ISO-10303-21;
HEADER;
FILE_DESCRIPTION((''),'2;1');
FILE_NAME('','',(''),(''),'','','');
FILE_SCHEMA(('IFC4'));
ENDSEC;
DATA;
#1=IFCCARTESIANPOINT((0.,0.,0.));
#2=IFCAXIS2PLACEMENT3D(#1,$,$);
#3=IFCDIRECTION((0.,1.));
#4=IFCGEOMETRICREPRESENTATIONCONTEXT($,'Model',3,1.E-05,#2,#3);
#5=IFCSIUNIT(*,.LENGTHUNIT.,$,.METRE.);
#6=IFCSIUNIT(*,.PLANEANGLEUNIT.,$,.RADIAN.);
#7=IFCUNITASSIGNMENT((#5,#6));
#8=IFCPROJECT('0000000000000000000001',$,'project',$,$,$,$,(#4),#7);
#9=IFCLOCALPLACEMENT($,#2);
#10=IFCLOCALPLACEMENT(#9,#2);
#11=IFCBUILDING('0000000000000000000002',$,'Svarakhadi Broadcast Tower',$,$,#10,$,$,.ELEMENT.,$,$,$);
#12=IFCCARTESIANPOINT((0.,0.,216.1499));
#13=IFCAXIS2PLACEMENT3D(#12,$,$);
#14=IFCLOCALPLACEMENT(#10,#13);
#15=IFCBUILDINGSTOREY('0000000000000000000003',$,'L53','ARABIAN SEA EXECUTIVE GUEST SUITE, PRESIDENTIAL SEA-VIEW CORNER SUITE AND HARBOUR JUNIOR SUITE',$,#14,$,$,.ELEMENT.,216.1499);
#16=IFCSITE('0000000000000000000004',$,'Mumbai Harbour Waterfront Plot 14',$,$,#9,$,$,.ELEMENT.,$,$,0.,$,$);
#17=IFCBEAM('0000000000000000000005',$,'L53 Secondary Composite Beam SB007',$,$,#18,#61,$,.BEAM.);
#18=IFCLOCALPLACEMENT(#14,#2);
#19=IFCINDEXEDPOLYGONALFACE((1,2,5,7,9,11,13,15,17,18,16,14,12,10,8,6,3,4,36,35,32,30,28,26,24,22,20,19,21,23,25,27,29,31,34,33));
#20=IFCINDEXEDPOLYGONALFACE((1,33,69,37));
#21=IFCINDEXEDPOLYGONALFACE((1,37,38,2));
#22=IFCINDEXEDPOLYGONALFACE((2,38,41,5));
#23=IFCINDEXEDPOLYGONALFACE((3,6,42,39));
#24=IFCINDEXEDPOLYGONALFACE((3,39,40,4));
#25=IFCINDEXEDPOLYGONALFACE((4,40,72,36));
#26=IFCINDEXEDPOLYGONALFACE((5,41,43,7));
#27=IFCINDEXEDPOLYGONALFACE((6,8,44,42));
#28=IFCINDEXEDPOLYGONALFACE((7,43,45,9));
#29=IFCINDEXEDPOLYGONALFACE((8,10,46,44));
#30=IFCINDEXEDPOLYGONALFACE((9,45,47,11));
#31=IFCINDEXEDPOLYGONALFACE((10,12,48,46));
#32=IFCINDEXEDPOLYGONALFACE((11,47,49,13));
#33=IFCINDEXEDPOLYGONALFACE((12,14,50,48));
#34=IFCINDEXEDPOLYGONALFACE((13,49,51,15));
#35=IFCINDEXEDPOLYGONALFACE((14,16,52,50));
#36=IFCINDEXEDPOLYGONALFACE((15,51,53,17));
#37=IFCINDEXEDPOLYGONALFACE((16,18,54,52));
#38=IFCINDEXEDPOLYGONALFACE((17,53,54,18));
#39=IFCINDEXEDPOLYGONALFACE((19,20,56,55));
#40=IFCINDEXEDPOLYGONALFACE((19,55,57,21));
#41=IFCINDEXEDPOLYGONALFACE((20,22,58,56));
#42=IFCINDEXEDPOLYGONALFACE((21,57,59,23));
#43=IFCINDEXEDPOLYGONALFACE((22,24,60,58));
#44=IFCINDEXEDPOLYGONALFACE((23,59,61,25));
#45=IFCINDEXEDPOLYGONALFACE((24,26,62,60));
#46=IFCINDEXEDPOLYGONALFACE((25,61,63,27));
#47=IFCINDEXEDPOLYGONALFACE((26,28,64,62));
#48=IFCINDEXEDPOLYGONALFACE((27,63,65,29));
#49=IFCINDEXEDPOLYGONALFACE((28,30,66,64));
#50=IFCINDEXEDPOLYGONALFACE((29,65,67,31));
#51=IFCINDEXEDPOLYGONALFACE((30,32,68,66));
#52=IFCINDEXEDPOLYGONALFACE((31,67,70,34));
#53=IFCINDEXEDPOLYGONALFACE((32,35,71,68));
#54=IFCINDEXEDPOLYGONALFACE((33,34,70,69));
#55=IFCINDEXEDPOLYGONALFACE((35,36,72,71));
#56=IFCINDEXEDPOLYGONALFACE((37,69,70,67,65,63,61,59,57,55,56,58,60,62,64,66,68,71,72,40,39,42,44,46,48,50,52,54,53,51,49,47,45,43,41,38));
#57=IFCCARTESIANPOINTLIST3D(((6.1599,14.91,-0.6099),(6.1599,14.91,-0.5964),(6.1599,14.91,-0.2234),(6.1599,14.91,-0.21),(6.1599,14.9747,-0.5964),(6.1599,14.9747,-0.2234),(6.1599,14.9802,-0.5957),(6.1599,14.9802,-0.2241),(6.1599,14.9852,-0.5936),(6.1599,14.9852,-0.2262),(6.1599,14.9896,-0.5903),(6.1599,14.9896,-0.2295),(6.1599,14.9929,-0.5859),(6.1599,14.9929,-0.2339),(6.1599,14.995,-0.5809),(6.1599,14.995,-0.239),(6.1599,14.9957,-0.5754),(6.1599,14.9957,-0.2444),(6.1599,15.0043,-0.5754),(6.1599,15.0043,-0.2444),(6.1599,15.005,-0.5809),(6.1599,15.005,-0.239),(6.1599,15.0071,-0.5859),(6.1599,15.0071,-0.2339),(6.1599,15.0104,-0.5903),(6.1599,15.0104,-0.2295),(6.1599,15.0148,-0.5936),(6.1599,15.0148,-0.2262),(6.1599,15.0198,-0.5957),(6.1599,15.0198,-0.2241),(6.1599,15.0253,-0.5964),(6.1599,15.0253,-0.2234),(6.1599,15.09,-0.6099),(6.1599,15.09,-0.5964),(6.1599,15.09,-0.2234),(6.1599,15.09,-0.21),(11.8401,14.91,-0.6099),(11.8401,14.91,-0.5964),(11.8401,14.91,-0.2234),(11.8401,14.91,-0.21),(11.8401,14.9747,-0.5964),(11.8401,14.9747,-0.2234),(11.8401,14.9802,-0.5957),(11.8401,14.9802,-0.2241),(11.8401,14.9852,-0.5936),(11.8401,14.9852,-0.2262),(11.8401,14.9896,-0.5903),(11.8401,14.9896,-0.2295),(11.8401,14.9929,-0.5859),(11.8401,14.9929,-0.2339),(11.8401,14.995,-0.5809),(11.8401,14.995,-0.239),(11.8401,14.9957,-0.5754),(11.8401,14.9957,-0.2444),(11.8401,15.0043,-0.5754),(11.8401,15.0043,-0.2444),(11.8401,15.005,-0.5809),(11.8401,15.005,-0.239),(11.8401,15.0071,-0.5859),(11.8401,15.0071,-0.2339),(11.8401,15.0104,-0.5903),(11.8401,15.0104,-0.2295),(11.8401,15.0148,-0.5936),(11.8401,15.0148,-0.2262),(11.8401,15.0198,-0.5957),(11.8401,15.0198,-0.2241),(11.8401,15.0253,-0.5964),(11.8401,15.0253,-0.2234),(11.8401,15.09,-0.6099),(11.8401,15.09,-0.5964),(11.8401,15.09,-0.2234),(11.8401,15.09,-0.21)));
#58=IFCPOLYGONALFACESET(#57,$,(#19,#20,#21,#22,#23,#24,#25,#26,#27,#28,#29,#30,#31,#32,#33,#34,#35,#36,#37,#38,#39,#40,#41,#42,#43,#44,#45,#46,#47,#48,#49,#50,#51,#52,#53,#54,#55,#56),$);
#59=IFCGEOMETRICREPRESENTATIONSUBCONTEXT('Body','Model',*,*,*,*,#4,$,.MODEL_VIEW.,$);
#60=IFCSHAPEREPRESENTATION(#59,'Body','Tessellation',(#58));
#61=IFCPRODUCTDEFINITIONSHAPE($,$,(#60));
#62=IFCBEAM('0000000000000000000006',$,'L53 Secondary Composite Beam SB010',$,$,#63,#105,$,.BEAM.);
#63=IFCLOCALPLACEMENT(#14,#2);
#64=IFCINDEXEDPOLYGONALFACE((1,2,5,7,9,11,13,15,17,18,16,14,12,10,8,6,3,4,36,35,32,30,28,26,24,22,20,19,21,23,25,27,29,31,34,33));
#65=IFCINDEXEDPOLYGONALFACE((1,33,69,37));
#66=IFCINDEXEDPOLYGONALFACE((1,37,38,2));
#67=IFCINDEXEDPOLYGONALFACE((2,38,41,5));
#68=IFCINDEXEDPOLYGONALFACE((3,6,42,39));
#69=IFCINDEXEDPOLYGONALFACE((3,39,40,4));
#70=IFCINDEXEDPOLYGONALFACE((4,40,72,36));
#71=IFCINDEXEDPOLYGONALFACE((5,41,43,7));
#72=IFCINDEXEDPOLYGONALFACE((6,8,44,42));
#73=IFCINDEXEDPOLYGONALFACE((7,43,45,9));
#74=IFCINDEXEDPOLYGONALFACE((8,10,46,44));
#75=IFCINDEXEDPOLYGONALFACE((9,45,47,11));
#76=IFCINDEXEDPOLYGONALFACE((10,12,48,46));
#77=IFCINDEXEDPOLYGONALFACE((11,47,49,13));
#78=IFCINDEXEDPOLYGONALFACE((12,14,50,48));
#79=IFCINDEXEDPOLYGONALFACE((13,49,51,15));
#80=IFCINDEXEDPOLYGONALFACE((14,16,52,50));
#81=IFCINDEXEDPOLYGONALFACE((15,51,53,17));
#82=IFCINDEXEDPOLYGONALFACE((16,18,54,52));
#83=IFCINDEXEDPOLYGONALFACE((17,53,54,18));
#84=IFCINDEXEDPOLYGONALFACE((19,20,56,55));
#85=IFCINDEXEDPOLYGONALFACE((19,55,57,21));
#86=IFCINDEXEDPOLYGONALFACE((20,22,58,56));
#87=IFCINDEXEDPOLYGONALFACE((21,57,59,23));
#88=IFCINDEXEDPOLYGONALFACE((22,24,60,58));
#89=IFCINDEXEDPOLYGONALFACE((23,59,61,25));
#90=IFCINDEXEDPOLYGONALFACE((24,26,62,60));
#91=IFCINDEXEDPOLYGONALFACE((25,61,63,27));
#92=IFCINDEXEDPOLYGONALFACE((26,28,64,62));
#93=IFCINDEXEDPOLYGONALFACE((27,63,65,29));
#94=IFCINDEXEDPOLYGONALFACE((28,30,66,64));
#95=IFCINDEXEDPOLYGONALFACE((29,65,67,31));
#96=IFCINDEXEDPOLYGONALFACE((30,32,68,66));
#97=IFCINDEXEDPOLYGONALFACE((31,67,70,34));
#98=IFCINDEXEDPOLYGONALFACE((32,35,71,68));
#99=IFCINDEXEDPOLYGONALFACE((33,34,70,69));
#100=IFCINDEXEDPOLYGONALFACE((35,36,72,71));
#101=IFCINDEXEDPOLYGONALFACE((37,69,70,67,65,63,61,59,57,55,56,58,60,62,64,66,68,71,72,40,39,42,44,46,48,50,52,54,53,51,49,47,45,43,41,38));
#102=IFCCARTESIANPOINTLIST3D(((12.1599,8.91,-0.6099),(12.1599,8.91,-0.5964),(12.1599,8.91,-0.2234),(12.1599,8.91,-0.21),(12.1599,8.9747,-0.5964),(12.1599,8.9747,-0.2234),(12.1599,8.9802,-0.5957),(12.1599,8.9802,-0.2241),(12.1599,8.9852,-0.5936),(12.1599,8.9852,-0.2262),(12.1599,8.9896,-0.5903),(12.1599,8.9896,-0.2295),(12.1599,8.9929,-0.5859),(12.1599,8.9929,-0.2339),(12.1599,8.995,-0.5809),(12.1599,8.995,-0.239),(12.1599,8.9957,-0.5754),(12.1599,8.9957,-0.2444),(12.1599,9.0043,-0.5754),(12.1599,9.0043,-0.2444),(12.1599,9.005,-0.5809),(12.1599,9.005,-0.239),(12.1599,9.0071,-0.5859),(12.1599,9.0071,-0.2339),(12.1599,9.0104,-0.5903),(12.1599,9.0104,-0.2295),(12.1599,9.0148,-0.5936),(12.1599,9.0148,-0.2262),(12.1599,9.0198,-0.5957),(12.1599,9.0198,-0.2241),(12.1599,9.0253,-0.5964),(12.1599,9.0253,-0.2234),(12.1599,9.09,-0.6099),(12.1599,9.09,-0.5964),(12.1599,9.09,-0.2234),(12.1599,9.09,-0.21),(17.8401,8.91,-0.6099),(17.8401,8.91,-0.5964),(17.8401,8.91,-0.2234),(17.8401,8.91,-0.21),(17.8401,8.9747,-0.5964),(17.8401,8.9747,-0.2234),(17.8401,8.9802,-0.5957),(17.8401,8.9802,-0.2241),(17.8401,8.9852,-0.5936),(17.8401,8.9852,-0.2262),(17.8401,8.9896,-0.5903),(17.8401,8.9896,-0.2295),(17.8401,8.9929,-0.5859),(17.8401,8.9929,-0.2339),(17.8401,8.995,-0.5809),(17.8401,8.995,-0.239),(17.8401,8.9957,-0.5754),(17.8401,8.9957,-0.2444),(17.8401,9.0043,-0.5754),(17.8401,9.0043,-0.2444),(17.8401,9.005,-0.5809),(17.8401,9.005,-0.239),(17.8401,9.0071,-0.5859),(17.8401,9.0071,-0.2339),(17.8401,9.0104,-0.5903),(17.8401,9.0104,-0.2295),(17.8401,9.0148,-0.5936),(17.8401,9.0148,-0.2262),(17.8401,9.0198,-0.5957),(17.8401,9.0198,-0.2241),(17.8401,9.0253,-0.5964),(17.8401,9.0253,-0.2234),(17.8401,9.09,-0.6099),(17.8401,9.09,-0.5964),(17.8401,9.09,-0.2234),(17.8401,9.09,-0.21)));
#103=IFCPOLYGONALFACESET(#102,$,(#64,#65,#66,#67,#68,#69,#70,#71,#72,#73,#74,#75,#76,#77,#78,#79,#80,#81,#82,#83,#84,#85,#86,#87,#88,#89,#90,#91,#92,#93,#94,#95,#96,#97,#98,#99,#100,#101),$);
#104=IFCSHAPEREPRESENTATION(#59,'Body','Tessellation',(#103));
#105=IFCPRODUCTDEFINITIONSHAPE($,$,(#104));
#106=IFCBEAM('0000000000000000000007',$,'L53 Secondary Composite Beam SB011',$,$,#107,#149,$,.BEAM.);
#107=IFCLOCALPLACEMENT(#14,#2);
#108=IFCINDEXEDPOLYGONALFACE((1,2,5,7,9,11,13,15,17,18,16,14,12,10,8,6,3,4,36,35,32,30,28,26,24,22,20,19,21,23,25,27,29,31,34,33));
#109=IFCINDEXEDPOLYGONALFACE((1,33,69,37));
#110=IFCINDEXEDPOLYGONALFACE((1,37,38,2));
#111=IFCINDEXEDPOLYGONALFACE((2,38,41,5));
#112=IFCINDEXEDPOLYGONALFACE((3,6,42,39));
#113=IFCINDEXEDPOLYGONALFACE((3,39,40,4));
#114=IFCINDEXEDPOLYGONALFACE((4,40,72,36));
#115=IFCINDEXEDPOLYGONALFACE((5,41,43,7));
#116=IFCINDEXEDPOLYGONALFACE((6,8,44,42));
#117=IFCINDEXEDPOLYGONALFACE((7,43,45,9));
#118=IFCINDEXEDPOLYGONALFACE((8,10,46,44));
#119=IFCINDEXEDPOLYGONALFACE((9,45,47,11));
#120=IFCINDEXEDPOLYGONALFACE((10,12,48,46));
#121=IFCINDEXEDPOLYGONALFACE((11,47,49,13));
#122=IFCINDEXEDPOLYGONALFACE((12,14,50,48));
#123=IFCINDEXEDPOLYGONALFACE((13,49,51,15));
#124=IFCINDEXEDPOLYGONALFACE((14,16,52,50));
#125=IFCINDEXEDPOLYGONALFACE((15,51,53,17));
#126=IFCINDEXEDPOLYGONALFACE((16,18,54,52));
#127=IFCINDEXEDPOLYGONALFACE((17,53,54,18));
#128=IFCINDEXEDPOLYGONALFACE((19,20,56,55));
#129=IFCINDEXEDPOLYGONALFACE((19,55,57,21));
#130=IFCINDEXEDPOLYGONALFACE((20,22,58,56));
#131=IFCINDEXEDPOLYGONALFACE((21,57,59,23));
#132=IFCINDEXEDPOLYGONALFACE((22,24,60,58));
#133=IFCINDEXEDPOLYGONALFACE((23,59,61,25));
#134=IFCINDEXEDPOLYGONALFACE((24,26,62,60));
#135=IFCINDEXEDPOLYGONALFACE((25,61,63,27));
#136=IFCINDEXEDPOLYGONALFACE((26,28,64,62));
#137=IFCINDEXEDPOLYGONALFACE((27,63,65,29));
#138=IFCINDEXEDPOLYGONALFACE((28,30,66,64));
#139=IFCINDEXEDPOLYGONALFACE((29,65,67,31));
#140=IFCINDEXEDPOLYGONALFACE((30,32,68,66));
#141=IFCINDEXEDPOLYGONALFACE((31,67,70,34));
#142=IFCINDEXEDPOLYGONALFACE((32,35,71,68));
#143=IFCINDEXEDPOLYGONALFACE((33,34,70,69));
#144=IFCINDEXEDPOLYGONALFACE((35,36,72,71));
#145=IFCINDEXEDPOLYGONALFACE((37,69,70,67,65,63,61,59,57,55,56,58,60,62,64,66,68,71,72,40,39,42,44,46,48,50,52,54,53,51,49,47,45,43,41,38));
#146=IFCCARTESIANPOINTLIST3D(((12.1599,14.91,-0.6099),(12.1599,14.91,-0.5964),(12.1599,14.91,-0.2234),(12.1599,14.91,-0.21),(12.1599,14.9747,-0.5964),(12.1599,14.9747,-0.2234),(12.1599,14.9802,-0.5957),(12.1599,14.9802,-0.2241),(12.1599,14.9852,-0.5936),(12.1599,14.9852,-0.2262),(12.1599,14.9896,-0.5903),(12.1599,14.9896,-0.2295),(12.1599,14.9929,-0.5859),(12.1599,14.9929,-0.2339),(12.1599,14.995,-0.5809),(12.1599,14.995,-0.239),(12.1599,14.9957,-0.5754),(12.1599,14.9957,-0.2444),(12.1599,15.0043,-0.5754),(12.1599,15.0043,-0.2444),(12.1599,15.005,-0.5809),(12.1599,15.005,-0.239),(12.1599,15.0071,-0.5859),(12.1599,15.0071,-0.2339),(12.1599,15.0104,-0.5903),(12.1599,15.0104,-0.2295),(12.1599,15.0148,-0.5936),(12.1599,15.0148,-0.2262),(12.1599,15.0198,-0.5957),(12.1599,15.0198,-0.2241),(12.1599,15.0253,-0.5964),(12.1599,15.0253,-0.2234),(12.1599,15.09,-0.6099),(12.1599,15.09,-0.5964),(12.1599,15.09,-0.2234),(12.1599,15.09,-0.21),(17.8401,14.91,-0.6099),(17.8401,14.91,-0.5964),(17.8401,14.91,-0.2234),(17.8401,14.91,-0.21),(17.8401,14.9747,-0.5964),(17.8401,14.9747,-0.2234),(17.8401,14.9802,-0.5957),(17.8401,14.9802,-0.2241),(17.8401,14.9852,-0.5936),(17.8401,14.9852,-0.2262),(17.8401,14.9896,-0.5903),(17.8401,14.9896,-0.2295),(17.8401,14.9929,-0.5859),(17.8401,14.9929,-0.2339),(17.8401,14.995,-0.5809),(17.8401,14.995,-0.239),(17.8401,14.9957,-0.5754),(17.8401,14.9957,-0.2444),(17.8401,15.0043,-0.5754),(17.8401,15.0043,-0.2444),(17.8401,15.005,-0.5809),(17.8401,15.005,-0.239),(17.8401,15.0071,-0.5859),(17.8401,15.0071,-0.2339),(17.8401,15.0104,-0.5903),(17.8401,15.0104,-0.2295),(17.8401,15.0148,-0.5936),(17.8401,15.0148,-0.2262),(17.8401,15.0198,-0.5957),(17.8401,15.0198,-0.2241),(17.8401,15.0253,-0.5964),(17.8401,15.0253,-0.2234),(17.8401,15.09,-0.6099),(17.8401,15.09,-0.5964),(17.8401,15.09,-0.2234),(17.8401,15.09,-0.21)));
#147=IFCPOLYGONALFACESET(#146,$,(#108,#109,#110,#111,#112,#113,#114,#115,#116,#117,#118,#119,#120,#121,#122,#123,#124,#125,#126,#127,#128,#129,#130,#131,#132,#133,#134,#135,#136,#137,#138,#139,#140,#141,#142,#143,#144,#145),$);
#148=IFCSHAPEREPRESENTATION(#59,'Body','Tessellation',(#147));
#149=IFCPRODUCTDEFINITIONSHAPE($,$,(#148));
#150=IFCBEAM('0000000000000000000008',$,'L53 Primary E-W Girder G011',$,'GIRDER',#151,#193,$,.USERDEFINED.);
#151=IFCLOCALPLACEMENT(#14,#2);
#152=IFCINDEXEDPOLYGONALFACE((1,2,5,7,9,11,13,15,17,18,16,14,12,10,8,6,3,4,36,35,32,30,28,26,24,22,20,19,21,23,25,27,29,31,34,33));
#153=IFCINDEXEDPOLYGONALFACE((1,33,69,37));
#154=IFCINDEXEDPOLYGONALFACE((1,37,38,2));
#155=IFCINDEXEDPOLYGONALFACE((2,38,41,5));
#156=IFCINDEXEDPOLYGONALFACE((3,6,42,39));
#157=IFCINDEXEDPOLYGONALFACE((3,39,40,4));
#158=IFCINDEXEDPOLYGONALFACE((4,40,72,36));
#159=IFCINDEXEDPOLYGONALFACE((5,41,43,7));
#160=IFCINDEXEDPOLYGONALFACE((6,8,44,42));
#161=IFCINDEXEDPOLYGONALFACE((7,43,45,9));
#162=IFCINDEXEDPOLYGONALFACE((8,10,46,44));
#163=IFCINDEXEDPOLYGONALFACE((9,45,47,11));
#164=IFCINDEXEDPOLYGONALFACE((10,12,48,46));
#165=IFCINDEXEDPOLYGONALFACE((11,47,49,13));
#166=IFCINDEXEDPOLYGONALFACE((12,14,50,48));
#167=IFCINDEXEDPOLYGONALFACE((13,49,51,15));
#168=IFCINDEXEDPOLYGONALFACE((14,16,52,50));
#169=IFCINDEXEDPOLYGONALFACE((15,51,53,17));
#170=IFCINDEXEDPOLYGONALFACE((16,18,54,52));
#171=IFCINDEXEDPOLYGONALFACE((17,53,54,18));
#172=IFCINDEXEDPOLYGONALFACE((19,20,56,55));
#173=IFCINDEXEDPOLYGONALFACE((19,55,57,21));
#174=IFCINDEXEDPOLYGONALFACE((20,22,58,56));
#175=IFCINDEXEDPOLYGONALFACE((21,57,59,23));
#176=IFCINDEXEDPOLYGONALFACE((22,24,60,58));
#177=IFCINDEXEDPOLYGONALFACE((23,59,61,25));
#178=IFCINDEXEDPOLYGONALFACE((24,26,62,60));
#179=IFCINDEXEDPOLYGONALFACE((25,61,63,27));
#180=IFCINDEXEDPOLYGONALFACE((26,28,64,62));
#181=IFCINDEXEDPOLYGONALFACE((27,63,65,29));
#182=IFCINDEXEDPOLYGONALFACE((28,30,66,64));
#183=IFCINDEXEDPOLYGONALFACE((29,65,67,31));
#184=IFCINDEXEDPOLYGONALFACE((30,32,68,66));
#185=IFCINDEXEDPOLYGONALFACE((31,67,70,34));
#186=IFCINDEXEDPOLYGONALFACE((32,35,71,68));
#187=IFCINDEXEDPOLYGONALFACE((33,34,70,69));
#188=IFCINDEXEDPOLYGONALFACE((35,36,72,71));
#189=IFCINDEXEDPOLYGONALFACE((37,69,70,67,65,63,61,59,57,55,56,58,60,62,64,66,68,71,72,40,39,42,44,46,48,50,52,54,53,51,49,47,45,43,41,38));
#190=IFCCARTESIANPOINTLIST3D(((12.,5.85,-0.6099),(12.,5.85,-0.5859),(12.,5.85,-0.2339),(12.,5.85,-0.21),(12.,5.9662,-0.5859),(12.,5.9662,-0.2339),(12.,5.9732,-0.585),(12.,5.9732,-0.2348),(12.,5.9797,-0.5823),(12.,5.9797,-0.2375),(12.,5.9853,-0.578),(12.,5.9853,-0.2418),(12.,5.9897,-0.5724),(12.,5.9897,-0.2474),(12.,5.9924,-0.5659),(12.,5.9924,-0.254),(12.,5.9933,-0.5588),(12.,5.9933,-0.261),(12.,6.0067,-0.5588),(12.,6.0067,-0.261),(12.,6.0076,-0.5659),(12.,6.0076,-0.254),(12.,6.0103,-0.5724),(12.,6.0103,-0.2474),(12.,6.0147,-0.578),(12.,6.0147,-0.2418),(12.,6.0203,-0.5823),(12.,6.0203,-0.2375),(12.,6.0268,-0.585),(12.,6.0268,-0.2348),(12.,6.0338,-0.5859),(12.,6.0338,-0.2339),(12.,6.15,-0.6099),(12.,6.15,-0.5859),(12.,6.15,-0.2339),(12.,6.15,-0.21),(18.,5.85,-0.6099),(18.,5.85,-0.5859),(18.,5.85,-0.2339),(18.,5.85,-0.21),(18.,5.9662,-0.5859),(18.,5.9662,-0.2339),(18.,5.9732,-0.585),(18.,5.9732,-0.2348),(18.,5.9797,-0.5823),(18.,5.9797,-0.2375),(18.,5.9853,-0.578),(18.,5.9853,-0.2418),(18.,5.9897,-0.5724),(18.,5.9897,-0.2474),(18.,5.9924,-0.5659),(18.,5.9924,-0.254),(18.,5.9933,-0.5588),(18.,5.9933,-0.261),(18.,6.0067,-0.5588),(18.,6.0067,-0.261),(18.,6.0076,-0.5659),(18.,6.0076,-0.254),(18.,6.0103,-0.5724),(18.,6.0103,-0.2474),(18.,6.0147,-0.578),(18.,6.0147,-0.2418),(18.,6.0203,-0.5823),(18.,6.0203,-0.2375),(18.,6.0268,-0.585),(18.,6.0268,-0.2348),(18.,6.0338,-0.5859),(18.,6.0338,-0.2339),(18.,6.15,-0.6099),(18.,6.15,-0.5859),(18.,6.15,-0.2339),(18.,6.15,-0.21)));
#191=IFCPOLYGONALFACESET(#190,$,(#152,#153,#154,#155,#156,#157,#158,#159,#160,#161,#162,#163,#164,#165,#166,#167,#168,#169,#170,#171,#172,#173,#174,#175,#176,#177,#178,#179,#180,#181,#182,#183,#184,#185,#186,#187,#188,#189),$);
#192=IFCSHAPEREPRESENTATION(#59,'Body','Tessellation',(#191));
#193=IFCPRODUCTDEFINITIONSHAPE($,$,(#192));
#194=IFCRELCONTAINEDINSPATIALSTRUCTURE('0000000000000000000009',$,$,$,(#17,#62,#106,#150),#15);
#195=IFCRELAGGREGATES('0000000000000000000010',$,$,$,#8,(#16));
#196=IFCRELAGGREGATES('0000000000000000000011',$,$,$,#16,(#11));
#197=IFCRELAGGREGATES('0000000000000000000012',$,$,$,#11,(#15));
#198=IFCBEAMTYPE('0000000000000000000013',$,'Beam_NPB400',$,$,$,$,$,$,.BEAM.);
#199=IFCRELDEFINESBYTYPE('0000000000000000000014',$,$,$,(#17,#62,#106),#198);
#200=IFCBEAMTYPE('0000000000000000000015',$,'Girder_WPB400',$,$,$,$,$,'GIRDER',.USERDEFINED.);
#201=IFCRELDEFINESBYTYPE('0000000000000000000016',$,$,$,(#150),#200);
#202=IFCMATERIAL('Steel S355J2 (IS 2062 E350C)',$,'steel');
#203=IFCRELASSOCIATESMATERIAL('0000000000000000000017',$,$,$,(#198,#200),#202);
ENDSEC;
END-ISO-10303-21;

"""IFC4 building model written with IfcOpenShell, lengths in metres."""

from ifc_helpers import new_model, si_unit, direction, frame, origin, origin_2d, place, context, subcontext, project, spatial, i_section, extrude, material, material_profile, profile_set, type_object, element, save


model = new_model("IFC4")

# Units and contexts
model_context = context("Model", 3, precision=1e-05, world=origin(), true_north=direction((0.0, 1.0)))
body_context = subcontext(model_context, "Body", "Model", "MODEL_VIEW")
ifc_project = project(units=[si_unit("LENGTHUNIT", "METRE"), si_unit("PLANEANGLEUNIT", "RADIAN")], contexts=[model_context])

# Site, building, storey
site_placement = place(None, origin())
site = spatial("IfcSite", under=ifc_project, at=site_placement, Name="Mumbai Harbour Waterfront Plot 14", CompositionType="ELEMENT", RefElevation=0.0)
building_placement = place(site_placement, origin())
building = spatial("IfcBuilding", under=site, at=building_placement, Name="Svarakhadi Broadcast Tower", CompositionType="ELEMENT")
storey_placement = place(building_placement, frame((0.0, 0.0, 216.1499)))
storey = spatial("IfcBuildingStorey", under=building, at=storey_placement, Name="L53", Description="ARABIAN SEA EXECUTIVE GUEST SUITE, PRESIDENTIAL SEA-VIEW CORNER SUITE AND HARBOUR JUNIOR SUITE", CompositionType="ELEMENT", Elevation=216.1499)

# Beams
ifc_material_1 = material(Name="Steel S355J2 (IS 2062 E350C)", Category="steel")
ifc_material_profile_1 = material_profile(ifc_material_1, i_section(OverallWidth=0.1799, OverallDepth=0.3999, WebThickness=0.0085, FlangeThickness=0.0134, FilletRadius=0.021, at=origin_2d()), Name="NPB 400x180x66")
ifc_profile_set_1 = profile_set([ifc_material_profile_1], Name="Steel S355J2 (IS 2062 E350C)")
beam_type_1 = type_object("IfcBeamType", Name="Beam_NPB400", PredefinedType="BEAM", material=ifc_profile_set_1)
for number, where, z_axis, x_axis, name in (
    (1, (6.1599, 15.0, -0.4099), (1.0, 0.0, 0.0), (0.0, 1.0, 0.0), "L53 Secondary Composite Beam SB007"),
    (2, (12.1599, 9.0, -0.4099), (1.0, 0.0, 0.0), (0.0, 1.0, 0.0), "L53 Secondary Composite Beam SB010"),
    (3, (12.1599, 15.0, -0.4099), (1.0, 0.0, 0.0), (0.0, 1.0, 0.0), "L53 Secondary Composite Beam SB011"),
):
    element("IfcBeam", number, at=place(storey_placement, frame(where, z_axis=z_axis, x_axis=x_axis)), inside=storey, type_object=beam_type_1, Name=name, PredefinedType="BEAM", context=body_context, shape_type="SweptSolid", body=[
        extrude(i_section(OverallWidth=0.1799, OverallDepth=0.3999, WebThickness=0.0085, FlangeThickness=0.0134, FilletRadius=0.021, at=origin_2d()), origin(), (0.0, 0.0, 1.0), 5.6802),
    ])
ifc_material_profile_2 = material_profile(ifc_material_1, i_section(OverallWidth=0.3, OverallDepth=0.3999, WebThickness=0.0134, FlangeThickness=0.0239, FilletRadius=0.0271, at=origin_2d()), Name="WPB 400x300x155")
ifc_profile_set_2 = profile_set([ifc_material_profile_2], Name="Steel S355J2 (IS 2062 E350C)")
beam_type_2 = type_object("IfcBeamType", Name="Girder_WPB400", ElementType="GIRDER", PredefinedType="USERDEFINED", material=ifc_profile_set_2)
for number, where, z_axis, x_axis, name in (
    (4, (12.0, 6.0, -0.4099), (1.0, 0.0, 0.0), (0.0, 1.0, 0.0), "L53 Primary E-W Girder G011"),
):
    element("IfcBeam", number, at=place(storey_placement, frame(where, z_axis=z_axis, x_axis=x_axis)), inside=storey, type_object=beam_type_2, Name=name, ObjectType="GIRDER", PredefinedType="USERDEFINED", context=body_context, shape_type="SweptSolid", body=[
        extrude(i_section(OverallWidth=0.3, OverallDepth=0.3999, WebThickness=0.0134, FlangeThickness=0.0239, FilletRadius=0.0271, at=origin_2d()), origin(), (0.0, 0.0, 1.0), 6.0),
    ])

save(model, "model.ifc")
